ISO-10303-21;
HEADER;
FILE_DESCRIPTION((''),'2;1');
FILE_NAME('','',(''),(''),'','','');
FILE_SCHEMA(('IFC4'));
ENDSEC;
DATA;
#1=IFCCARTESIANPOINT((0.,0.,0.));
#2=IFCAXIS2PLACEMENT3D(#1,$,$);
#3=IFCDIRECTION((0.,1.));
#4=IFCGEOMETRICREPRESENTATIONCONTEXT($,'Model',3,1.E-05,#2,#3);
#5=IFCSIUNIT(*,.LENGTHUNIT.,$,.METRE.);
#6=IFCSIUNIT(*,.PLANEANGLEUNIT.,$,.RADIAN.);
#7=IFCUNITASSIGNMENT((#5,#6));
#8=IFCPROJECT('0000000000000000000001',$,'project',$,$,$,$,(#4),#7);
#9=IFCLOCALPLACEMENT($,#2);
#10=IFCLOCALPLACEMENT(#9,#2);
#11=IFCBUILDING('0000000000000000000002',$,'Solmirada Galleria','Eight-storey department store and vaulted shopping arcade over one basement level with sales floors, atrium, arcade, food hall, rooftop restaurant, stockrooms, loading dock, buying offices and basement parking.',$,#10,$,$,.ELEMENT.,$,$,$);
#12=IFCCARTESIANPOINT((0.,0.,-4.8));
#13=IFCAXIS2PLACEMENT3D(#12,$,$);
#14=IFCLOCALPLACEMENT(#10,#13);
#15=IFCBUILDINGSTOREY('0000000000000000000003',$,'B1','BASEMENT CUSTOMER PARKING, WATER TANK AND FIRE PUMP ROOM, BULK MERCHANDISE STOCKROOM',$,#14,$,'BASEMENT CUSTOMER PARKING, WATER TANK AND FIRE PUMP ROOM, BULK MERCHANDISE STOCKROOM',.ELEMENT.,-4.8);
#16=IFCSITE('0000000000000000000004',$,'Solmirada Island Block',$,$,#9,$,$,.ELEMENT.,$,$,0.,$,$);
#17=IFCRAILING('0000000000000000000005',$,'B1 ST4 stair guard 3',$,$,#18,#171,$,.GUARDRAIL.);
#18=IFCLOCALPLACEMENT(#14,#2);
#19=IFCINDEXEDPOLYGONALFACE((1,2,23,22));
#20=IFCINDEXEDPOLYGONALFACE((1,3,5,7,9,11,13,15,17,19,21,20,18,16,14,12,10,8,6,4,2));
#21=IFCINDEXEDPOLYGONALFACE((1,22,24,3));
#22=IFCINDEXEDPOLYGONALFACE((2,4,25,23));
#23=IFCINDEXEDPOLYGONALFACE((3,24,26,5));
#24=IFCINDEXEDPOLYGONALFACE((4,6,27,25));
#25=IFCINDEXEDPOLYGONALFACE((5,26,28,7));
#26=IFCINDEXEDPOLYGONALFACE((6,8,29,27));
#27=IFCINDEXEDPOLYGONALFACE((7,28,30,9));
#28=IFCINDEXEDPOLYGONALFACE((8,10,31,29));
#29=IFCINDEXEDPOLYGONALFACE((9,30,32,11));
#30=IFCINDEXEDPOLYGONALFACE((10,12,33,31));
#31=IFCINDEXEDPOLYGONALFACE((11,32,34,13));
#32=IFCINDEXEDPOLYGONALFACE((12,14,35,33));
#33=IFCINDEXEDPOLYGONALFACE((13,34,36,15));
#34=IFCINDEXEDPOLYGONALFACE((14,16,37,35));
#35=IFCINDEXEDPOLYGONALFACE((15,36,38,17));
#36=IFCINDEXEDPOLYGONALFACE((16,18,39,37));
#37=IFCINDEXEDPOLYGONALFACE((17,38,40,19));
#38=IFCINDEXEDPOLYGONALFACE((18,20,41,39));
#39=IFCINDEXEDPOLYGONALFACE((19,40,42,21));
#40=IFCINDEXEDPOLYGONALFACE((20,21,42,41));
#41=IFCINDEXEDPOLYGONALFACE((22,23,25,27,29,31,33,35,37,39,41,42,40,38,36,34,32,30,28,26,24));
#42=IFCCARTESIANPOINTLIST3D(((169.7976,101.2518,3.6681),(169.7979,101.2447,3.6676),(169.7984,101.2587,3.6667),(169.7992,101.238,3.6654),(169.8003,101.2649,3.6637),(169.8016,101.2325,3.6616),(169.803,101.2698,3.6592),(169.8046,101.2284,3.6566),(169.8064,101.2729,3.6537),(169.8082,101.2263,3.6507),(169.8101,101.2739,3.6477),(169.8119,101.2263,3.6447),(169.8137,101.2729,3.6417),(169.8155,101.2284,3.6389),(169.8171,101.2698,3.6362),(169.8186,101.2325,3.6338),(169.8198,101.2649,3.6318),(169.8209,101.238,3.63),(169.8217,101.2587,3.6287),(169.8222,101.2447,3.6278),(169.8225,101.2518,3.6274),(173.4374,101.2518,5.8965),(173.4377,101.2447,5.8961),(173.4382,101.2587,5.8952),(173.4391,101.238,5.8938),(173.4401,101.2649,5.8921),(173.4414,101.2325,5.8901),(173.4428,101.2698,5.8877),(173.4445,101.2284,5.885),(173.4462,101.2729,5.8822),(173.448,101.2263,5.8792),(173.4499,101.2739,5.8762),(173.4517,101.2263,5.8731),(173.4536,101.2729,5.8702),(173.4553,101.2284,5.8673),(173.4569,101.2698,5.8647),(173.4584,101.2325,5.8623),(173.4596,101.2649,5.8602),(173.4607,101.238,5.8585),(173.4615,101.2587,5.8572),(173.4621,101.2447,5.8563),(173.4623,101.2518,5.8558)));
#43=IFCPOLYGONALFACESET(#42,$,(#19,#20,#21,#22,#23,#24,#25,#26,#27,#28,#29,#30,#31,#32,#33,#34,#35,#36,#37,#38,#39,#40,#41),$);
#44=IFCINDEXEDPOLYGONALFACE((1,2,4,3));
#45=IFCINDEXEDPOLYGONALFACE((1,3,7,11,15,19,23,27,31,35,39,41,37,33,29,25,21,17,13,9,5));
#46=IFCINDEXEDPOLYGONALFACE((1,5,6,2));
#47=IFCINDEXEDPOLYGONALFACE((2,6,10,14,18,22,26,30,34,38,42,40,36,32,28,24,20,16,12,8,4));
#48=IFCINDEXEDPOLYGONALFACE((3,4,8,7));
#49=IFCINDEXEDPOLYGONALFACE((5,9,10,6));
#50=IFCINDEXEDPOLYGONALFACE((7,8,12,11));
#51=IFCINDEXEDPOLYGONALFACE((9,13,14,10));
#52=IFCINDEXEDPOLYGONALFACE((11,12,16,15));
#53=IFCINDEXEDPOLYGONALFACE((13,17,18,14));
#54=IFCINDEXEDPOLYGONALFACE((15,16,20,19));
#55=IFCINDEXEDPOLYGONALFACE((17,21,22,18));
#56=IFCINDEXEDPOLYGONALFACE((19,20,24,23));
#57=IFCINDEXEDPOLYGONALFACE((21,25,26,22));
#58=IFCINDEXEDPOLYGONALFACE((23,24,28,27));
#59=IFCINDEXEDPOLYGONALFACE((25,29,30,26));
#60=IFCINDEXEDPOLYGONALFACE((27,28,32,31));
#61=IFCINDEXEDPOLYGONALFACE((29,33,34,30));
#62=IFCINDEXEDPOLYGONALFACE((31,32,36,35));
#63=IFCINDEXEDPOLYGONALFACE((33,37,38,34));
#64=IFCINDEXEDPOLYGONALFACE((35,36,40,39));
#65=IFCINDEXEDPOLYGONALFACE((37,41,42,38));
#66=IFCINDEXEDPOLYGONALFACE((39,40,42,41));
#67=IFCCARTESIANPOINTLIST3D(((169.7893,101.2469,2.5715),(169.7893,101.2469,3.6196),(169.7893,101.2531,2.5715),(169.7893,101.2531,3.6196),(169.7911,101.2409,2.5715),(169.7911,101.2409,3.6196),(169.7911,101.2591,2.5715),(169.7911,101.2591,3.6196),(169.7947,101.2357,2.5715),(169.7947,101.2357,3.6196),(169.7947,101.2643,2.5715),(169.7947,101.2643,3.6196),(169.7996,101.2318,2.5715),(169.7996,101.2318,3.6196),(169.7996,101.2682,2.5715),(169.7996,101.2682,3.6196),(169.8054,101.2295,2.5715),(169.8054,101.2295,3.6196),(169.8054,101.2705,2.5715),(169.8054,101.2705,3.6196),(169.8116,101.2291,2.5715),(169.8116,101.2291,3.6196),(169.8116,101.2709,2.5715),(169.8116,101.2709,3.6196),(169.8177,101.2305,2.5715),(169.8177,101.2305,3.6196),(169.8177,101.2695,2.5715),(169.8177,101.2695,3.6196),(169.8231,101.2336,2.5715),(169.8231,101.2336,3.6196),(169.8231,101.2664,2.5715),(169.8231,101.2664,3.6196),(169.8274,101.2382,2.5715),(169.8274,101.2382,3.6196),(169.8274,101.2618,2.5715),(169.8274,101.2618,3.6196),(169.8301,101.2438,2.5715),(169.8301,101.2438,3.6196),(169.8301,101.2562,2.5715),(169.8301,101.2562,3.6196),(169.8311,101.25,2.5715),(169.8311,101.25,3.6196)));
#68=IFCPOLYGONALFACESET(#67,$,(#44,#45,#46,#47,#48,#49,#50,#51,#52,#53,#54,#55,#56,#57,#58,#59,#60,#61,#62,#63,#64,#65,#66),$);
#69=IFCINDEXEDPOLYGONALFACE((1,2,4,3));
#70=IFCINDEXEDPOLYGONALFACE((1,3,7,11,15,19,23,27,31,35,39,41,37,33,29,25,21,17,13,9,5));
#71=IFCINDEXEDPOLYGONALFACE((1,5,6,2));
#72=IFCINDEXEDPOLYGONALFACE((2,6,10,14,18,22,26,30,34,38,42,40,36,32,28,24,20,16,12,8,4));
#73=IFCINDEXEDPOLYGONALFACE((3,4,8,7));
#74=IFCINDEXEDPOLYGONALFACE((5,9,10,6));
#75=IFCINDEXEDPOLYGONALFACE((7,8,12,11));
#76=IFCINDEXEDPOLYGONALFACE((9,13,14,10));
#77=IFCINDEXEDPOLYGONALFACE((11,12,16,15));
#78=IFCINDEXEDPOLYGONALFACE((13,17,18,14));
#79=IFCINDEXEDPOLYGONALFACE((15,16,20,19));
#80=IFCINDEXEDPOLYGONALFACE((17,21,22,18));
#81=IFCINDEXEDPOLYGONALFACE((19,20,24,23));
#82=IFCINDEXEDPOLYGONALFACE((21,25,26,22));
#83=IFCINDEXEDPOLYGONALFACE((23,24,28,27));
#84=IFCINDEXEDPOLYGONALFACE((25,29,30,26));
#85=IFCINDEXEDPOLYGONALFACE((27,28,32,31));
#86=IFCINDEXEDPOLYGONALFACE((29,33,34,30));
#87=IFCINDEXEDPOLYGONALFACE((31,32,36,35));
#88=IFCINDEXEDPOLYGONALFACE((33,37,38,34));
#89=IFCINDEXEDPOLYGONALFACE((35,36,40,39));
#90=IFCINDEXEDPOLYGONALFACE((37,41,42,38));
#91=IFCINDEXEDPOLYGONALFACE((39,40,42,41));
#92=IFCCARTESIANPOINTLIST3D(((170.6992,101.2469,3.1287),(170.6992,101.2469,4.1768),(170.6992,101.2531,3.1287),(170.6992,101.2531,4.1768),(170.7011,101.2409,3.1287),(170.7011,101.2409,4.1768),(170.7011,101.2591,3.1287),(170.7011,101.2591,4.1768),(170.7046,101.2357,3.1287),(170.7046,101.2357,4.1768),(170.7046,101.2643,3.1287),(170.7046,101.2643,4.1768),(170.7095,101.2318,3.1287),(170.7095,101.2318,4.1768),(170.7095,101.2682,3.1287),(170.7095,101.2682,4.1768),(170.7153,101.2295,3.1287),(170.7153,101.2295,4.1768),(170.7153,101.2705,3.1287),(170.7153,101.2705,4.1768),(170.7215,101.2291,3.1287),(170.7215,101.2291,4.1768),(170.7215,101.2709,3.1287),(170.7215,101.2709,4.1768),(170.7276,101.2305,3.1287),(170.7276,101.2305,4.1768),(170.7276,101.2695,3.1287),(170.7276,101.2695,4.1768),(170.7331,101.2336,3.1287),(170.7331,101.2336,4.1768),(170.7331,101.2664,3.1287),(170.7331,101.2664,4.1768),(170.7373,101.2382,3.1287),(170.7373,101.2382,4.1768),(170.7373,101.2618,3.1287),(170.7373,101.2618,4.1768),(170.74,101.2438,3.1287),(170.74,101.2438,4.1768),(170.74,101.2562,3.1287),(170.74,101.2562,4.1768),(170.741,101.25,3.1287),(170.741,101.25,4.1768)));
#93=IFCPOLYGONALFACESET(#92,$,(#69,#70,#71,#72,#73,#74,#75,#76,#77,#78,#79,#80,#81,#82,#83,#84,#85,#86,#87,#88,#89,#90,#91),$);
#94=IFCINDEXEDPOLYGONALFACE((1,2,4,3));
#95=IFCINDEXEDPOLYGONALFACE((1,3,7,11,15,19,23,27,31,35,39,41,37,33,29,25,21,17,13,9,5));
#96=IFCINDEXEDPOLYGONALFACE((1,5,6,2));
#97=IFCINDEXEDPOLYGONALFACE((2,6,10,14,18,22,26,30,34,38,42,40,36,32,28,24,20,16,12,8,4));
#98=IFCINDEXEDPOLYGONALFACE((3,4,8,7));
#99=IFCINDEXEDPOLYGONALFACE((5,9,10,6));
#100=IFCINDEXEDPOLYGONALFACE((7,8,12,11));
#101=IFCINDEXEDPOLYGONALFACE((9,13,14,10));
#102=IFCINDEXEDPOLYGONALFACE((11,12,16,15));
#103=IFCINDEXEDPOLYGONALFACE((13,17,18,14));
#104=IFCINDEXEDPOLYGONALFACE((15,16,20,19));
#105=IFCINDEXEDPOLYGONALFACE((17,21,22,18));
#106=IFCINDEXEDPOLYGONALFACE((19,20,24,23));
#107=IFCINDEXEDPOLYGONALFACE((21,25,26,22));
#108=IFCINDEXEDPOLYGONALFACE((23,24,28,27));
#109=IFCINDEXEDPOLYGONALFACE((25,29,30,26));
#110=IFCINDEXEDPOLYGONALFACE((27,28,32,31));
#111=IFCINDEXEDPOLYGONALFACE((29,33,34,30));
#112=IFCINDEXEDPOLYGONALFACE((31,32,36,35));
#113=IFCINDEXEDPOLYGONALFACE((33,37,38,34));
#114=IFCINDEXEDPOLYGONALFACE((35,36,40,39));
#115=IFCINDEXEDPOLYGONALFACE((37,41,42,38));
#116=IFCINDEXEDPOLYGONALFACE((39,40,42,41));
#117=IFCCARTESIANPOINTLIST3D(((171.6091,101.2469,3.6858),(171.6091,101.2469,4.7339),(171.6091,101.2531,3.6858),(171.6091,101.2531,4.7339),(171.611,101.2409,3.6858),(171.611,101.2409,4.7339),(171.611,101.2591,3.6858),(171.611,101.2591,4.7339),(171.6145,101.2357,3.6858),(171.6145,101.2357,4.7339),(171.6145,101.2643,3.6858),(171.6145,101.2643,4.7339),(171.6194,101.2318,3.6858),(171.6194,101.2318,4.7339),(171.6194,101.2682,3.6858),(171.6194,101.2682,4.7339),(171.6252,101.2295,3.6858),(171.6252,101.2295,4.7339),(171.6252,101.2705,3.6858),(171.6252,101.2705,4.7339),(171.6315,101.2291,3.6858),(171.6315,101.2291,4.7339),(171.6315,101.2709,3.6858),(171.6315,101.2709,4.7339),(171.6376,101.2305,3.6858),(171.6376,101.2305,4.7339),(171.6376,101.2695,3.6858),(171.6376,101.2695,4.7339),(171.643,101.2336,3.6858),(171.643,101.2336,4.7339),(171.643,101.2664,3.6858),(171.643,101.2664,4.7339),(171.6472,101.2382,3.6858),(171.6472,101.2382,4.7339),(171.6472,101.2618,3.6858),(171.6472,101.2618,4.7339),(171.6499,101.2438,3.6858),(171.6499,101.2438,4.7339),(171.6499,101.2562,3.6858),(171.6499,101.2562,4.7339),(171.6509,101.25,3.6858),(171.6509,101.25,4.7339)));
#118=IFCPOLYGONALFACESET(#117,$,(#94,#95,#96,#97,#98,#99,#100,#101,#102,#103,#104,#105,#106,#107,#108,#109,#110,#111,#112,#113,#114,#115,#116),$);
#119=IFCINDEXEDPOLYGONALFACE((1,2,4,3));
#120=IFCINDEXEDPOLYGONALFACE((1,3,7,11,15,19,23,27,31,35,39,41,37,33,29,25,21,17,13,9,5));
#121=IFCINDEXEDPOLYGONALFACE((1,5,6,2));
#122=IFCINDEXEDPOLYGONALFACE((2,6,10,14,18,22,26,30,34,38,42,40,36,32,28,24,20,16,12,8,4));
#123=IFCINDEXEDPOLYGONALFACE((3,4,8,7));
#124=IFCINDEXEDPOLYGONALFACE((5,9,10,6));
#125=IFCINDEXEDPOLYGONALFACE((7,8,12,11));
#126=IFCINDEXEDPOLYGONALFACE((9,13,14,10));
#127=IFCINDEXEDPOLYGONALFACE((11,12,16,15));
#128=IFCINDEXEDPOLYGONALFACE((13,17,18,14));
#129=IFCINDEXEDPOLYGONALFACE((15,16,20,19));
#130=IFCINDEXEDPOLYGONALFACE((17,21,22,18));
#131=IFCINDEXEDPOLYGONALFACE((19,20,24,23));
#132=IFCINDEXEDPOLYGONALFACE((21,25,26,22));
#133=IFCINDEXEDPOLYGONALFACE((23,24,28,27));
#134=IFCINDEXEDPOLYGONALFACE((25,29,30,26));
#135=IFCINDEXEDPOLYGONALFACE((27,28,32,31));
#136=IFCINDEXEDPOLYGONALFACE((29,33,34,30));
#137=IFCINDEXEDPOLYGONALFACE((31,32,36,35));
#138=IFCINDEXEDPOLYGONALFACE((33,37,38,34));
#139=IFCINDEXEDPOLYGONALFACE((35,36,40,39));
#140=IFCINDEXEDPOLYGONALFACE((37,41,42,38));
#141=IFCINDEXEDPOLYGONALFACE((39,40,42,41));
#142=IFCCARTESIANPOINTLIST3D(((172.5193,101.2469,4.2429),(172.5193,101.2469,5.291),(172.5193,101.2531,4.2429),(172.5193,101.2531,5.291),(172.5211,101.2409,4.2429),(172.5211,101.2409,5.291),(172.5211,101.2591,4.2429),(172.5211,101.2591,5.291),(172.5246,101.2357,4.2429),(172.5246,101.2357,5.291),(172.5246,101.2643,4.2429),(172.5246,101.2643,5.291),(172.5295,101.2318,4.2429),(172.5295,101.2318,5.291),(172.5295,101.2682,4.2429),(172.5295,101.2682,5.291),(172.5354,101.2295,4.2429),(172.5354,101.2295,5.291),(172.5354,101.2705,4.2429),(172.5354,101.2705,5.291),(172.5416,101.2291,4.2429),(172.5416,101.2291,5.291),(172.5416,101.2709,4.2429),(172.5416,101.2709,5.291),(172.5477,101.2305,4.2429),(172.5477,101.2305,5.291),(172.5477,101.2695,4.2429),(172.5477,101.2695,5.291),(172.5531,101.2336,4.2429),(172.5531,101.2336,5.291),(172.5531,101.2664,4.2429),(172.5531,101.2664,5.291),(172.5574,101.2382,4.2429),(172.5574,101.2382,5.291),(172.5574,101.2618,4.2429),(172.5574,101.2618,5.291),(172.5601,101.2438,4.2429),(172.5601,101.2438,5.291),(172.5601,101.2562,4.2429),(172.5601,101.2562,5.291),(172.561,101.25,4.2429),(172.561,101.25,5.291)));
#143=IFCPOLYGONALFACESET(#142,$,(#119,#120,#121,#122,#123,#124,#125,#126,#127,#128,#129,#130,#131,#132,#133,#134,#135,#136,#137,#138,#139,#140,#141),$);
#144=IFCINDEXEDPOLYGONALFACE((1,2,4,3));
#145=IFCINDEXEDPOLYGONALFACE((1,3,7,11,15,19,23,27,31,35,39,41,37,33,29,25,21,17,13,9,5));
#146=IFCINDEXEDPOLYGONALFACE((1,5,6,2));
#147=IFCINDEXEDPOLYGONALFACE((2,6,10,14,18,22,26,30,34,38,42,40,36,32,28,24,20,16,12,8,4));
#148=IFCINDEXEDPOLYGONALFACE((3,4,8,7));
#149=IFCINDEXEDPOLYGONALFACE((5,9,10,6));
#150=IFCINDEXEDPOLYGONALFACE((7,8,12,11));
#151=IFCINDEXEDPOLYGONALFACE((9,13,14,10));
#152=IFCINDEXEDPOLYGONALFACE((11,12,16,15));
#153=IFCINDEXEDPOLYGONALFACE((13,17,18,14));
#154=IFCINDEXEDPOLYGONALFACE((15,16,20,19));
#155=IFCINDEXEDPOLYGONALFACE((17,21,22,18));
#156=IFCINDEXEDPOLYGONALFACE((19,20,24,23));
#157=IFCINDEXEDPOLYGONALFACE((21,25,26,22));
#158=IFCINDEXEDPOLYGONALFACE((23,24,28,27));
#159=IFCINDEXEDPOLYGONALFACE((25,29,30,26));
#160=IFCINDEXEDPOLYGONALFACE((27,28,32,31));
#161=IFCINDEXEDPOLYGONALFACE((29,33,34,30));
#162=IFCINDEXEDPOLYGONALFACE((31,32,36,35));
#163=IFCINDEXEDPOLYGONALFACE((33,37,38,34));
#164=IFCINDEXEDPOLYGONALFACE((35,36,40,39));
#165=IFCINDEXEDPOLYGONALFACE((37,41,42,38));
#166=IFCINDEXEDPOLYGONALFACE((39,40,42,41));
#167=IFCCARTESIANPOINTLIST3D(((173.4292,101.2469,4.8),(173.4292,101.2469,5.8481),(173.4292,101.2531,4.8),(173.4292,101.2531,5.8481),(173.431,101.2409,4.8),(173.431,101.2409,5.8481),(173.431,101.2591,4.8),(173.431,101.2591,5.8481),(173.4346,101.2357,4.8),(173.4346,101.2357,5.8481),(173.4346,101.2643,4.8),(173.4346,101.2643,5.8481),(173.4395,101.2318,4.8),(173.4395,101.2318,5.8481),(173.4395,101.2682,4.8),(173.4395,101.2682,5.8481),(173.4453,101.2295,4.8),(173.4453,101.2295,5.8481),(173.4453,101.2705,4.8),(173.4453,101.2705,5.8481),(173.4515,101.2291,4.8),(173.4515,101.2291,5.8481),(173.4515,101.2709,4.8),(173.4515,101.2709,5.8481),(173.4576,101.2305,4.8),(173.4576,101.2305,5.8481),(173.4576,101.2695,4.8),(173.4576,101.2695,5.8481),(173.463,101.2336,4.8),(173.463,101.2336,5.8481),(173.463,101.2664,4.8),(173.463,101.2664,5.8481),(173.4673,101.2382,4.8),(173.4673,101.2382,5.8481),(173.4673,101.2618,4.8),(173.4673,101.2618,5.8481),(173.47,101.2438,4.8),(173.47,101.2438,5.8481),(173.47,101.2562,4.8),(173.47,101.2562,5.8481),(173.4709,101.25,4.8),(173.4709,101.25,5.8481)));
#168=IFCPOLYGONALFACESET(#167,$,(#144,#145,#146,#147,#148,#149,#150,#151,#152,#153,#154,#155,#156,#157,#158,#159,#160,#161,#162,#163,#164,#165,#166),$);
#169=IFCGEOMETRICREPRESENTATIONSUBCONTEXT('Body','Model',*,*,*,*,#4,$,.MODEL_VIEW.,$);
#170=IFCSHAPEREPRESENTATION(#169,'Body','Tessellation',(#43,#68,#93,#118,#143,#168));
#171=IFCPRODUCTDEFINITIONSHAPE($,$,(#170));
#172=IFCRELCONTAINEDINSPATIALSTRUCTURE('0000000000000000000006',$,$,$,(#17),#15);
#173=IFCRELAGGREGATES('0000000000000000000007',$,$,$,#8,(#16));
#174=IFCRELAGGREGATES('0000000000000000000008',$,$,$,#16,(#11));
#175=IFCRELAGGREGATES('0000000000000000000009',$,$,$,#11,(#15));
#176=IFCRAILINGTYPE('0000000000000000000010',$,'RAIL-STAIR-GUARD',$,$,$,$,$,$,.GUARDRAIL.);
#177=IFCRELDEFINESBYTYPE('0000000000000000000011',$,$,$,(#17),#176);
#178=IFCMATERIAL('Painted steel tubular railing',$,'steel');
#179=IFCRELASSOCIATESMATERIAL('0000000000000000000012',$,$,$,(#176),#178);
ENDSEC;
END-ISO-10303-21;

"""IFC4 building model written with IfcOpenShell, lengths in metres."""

from ifc_helpers import new_model, si_unit, direction, frame, origin, origin_2d, place, context, subcontext, project, spatial, circle, extrude, material, type_object, element, save


model = new_model("IFC4")

# Units and contexts
model_context = context("Model", 3, precision=1e-05, world=origin(), true_north=direction((0.0, 1.0)))
body_context = subcontext(model_context, "Body", "Model", "MODEL_VIEW")
ifc_project = project(units=[si_unit("LENGTHUNIT", "METRE"), si_unit("PLANEANGLEUNIT", "RADIAN")], contexts=[model_context])

# Site, building, storey
site_placement = place(None, origin())
site = spatial("IfcSite", under=ifc_project, at=site_placement, Name="Solmirada Island Block", CompositionType="ELEMENT", RefElevation=0.0)
building_placement = place(site_placement, origin())
building = spatial("IfcBuilding", under=site, at=building_placement, Name="Solmirada Galleria", Description="Eight-storey department store and vaulted shopping arcade over one basement level with sales floors, atrium, arcade, food hall, rooftop restaurant, stockrooms, loading dock, buying offices and basement parking.", CompositionType="ELEMENT")
storey_placement = place(building_placement, frame((0.0, 0.0, -4.8)))
storey = spatial("IfcBuildingStorey", under=building, at=storey_placement, Name="B1", Description="BASEMENT CUSTOMER PARKING, WATER TANK AND FIRE PUMP ROOM, BULK MERCHANDISE STOCKROOM", LongName="BASEMENT CUSTOMER PARKING, WATER TANK AND FIRE PUMP ROOM, BULK MERCHANDISE STOCKROOM", CompositionType="ELEMENT", Elevation=-4.8)

# Railing
ifc_material_1 = material(Name="Painted steel tubular railing", Category="steel")
railing_type_1 = type_object("IfcRailingType", Name="RAIL-STAIR-GUARD", PredefinedType="GUARDRAIL", material=ifc_material_1)
railing_1_placement = place(storey_placement, frame((169.8101, 101.25, 2.5715)))
element("IfcRailing", 1, at=railing_1_placement, inside=storey, type_object=railing_type_1, Name="B1 ST4 stair guard 3", PredefinedType="GUARDRAIL", context=body_context, shape_type="SweptSolid", body=[
    extrude(circle(Radius=0.0239, at=origin_2d()), frame((0.0, 0.0, 1.0762), z_axis=(0.85285, 0.0, 0.522156), x_axis=(0.0, 1.0, 0.0)), (0.0, 0.0, 1.0), 4.2678),
    extrude(circle(Radius=0.021, at=origin_2d()), origin(), (0.0, 0.0, 1.0), 1.0481),
    extrude(circle(Radius=0.021, at=origin_2d()), frame((0.9099, 0.0, 0.5571)), (0.0, 0.0, 1.0), 1.0481),
    extrude(circle(Radius=0.021, at=origin_2d()), frame((1.8198, 0.0, 1.1143)), (0.0, 0.0, 1.0), 1.0481),
    extrude(circle(Radius=0.021, at=origin_2d()), frame((2.73, 0.0, 1.6714)), (0.0, 0.0, 1.0), 1.0481),
    extrude(circle(Radius=0.021, at=origin_2d()), frame((3.6399, 0.0, 2.2285)), (0.0, 0.0, 1.0), 1.0481),
])

save(model, "model.ifc")
